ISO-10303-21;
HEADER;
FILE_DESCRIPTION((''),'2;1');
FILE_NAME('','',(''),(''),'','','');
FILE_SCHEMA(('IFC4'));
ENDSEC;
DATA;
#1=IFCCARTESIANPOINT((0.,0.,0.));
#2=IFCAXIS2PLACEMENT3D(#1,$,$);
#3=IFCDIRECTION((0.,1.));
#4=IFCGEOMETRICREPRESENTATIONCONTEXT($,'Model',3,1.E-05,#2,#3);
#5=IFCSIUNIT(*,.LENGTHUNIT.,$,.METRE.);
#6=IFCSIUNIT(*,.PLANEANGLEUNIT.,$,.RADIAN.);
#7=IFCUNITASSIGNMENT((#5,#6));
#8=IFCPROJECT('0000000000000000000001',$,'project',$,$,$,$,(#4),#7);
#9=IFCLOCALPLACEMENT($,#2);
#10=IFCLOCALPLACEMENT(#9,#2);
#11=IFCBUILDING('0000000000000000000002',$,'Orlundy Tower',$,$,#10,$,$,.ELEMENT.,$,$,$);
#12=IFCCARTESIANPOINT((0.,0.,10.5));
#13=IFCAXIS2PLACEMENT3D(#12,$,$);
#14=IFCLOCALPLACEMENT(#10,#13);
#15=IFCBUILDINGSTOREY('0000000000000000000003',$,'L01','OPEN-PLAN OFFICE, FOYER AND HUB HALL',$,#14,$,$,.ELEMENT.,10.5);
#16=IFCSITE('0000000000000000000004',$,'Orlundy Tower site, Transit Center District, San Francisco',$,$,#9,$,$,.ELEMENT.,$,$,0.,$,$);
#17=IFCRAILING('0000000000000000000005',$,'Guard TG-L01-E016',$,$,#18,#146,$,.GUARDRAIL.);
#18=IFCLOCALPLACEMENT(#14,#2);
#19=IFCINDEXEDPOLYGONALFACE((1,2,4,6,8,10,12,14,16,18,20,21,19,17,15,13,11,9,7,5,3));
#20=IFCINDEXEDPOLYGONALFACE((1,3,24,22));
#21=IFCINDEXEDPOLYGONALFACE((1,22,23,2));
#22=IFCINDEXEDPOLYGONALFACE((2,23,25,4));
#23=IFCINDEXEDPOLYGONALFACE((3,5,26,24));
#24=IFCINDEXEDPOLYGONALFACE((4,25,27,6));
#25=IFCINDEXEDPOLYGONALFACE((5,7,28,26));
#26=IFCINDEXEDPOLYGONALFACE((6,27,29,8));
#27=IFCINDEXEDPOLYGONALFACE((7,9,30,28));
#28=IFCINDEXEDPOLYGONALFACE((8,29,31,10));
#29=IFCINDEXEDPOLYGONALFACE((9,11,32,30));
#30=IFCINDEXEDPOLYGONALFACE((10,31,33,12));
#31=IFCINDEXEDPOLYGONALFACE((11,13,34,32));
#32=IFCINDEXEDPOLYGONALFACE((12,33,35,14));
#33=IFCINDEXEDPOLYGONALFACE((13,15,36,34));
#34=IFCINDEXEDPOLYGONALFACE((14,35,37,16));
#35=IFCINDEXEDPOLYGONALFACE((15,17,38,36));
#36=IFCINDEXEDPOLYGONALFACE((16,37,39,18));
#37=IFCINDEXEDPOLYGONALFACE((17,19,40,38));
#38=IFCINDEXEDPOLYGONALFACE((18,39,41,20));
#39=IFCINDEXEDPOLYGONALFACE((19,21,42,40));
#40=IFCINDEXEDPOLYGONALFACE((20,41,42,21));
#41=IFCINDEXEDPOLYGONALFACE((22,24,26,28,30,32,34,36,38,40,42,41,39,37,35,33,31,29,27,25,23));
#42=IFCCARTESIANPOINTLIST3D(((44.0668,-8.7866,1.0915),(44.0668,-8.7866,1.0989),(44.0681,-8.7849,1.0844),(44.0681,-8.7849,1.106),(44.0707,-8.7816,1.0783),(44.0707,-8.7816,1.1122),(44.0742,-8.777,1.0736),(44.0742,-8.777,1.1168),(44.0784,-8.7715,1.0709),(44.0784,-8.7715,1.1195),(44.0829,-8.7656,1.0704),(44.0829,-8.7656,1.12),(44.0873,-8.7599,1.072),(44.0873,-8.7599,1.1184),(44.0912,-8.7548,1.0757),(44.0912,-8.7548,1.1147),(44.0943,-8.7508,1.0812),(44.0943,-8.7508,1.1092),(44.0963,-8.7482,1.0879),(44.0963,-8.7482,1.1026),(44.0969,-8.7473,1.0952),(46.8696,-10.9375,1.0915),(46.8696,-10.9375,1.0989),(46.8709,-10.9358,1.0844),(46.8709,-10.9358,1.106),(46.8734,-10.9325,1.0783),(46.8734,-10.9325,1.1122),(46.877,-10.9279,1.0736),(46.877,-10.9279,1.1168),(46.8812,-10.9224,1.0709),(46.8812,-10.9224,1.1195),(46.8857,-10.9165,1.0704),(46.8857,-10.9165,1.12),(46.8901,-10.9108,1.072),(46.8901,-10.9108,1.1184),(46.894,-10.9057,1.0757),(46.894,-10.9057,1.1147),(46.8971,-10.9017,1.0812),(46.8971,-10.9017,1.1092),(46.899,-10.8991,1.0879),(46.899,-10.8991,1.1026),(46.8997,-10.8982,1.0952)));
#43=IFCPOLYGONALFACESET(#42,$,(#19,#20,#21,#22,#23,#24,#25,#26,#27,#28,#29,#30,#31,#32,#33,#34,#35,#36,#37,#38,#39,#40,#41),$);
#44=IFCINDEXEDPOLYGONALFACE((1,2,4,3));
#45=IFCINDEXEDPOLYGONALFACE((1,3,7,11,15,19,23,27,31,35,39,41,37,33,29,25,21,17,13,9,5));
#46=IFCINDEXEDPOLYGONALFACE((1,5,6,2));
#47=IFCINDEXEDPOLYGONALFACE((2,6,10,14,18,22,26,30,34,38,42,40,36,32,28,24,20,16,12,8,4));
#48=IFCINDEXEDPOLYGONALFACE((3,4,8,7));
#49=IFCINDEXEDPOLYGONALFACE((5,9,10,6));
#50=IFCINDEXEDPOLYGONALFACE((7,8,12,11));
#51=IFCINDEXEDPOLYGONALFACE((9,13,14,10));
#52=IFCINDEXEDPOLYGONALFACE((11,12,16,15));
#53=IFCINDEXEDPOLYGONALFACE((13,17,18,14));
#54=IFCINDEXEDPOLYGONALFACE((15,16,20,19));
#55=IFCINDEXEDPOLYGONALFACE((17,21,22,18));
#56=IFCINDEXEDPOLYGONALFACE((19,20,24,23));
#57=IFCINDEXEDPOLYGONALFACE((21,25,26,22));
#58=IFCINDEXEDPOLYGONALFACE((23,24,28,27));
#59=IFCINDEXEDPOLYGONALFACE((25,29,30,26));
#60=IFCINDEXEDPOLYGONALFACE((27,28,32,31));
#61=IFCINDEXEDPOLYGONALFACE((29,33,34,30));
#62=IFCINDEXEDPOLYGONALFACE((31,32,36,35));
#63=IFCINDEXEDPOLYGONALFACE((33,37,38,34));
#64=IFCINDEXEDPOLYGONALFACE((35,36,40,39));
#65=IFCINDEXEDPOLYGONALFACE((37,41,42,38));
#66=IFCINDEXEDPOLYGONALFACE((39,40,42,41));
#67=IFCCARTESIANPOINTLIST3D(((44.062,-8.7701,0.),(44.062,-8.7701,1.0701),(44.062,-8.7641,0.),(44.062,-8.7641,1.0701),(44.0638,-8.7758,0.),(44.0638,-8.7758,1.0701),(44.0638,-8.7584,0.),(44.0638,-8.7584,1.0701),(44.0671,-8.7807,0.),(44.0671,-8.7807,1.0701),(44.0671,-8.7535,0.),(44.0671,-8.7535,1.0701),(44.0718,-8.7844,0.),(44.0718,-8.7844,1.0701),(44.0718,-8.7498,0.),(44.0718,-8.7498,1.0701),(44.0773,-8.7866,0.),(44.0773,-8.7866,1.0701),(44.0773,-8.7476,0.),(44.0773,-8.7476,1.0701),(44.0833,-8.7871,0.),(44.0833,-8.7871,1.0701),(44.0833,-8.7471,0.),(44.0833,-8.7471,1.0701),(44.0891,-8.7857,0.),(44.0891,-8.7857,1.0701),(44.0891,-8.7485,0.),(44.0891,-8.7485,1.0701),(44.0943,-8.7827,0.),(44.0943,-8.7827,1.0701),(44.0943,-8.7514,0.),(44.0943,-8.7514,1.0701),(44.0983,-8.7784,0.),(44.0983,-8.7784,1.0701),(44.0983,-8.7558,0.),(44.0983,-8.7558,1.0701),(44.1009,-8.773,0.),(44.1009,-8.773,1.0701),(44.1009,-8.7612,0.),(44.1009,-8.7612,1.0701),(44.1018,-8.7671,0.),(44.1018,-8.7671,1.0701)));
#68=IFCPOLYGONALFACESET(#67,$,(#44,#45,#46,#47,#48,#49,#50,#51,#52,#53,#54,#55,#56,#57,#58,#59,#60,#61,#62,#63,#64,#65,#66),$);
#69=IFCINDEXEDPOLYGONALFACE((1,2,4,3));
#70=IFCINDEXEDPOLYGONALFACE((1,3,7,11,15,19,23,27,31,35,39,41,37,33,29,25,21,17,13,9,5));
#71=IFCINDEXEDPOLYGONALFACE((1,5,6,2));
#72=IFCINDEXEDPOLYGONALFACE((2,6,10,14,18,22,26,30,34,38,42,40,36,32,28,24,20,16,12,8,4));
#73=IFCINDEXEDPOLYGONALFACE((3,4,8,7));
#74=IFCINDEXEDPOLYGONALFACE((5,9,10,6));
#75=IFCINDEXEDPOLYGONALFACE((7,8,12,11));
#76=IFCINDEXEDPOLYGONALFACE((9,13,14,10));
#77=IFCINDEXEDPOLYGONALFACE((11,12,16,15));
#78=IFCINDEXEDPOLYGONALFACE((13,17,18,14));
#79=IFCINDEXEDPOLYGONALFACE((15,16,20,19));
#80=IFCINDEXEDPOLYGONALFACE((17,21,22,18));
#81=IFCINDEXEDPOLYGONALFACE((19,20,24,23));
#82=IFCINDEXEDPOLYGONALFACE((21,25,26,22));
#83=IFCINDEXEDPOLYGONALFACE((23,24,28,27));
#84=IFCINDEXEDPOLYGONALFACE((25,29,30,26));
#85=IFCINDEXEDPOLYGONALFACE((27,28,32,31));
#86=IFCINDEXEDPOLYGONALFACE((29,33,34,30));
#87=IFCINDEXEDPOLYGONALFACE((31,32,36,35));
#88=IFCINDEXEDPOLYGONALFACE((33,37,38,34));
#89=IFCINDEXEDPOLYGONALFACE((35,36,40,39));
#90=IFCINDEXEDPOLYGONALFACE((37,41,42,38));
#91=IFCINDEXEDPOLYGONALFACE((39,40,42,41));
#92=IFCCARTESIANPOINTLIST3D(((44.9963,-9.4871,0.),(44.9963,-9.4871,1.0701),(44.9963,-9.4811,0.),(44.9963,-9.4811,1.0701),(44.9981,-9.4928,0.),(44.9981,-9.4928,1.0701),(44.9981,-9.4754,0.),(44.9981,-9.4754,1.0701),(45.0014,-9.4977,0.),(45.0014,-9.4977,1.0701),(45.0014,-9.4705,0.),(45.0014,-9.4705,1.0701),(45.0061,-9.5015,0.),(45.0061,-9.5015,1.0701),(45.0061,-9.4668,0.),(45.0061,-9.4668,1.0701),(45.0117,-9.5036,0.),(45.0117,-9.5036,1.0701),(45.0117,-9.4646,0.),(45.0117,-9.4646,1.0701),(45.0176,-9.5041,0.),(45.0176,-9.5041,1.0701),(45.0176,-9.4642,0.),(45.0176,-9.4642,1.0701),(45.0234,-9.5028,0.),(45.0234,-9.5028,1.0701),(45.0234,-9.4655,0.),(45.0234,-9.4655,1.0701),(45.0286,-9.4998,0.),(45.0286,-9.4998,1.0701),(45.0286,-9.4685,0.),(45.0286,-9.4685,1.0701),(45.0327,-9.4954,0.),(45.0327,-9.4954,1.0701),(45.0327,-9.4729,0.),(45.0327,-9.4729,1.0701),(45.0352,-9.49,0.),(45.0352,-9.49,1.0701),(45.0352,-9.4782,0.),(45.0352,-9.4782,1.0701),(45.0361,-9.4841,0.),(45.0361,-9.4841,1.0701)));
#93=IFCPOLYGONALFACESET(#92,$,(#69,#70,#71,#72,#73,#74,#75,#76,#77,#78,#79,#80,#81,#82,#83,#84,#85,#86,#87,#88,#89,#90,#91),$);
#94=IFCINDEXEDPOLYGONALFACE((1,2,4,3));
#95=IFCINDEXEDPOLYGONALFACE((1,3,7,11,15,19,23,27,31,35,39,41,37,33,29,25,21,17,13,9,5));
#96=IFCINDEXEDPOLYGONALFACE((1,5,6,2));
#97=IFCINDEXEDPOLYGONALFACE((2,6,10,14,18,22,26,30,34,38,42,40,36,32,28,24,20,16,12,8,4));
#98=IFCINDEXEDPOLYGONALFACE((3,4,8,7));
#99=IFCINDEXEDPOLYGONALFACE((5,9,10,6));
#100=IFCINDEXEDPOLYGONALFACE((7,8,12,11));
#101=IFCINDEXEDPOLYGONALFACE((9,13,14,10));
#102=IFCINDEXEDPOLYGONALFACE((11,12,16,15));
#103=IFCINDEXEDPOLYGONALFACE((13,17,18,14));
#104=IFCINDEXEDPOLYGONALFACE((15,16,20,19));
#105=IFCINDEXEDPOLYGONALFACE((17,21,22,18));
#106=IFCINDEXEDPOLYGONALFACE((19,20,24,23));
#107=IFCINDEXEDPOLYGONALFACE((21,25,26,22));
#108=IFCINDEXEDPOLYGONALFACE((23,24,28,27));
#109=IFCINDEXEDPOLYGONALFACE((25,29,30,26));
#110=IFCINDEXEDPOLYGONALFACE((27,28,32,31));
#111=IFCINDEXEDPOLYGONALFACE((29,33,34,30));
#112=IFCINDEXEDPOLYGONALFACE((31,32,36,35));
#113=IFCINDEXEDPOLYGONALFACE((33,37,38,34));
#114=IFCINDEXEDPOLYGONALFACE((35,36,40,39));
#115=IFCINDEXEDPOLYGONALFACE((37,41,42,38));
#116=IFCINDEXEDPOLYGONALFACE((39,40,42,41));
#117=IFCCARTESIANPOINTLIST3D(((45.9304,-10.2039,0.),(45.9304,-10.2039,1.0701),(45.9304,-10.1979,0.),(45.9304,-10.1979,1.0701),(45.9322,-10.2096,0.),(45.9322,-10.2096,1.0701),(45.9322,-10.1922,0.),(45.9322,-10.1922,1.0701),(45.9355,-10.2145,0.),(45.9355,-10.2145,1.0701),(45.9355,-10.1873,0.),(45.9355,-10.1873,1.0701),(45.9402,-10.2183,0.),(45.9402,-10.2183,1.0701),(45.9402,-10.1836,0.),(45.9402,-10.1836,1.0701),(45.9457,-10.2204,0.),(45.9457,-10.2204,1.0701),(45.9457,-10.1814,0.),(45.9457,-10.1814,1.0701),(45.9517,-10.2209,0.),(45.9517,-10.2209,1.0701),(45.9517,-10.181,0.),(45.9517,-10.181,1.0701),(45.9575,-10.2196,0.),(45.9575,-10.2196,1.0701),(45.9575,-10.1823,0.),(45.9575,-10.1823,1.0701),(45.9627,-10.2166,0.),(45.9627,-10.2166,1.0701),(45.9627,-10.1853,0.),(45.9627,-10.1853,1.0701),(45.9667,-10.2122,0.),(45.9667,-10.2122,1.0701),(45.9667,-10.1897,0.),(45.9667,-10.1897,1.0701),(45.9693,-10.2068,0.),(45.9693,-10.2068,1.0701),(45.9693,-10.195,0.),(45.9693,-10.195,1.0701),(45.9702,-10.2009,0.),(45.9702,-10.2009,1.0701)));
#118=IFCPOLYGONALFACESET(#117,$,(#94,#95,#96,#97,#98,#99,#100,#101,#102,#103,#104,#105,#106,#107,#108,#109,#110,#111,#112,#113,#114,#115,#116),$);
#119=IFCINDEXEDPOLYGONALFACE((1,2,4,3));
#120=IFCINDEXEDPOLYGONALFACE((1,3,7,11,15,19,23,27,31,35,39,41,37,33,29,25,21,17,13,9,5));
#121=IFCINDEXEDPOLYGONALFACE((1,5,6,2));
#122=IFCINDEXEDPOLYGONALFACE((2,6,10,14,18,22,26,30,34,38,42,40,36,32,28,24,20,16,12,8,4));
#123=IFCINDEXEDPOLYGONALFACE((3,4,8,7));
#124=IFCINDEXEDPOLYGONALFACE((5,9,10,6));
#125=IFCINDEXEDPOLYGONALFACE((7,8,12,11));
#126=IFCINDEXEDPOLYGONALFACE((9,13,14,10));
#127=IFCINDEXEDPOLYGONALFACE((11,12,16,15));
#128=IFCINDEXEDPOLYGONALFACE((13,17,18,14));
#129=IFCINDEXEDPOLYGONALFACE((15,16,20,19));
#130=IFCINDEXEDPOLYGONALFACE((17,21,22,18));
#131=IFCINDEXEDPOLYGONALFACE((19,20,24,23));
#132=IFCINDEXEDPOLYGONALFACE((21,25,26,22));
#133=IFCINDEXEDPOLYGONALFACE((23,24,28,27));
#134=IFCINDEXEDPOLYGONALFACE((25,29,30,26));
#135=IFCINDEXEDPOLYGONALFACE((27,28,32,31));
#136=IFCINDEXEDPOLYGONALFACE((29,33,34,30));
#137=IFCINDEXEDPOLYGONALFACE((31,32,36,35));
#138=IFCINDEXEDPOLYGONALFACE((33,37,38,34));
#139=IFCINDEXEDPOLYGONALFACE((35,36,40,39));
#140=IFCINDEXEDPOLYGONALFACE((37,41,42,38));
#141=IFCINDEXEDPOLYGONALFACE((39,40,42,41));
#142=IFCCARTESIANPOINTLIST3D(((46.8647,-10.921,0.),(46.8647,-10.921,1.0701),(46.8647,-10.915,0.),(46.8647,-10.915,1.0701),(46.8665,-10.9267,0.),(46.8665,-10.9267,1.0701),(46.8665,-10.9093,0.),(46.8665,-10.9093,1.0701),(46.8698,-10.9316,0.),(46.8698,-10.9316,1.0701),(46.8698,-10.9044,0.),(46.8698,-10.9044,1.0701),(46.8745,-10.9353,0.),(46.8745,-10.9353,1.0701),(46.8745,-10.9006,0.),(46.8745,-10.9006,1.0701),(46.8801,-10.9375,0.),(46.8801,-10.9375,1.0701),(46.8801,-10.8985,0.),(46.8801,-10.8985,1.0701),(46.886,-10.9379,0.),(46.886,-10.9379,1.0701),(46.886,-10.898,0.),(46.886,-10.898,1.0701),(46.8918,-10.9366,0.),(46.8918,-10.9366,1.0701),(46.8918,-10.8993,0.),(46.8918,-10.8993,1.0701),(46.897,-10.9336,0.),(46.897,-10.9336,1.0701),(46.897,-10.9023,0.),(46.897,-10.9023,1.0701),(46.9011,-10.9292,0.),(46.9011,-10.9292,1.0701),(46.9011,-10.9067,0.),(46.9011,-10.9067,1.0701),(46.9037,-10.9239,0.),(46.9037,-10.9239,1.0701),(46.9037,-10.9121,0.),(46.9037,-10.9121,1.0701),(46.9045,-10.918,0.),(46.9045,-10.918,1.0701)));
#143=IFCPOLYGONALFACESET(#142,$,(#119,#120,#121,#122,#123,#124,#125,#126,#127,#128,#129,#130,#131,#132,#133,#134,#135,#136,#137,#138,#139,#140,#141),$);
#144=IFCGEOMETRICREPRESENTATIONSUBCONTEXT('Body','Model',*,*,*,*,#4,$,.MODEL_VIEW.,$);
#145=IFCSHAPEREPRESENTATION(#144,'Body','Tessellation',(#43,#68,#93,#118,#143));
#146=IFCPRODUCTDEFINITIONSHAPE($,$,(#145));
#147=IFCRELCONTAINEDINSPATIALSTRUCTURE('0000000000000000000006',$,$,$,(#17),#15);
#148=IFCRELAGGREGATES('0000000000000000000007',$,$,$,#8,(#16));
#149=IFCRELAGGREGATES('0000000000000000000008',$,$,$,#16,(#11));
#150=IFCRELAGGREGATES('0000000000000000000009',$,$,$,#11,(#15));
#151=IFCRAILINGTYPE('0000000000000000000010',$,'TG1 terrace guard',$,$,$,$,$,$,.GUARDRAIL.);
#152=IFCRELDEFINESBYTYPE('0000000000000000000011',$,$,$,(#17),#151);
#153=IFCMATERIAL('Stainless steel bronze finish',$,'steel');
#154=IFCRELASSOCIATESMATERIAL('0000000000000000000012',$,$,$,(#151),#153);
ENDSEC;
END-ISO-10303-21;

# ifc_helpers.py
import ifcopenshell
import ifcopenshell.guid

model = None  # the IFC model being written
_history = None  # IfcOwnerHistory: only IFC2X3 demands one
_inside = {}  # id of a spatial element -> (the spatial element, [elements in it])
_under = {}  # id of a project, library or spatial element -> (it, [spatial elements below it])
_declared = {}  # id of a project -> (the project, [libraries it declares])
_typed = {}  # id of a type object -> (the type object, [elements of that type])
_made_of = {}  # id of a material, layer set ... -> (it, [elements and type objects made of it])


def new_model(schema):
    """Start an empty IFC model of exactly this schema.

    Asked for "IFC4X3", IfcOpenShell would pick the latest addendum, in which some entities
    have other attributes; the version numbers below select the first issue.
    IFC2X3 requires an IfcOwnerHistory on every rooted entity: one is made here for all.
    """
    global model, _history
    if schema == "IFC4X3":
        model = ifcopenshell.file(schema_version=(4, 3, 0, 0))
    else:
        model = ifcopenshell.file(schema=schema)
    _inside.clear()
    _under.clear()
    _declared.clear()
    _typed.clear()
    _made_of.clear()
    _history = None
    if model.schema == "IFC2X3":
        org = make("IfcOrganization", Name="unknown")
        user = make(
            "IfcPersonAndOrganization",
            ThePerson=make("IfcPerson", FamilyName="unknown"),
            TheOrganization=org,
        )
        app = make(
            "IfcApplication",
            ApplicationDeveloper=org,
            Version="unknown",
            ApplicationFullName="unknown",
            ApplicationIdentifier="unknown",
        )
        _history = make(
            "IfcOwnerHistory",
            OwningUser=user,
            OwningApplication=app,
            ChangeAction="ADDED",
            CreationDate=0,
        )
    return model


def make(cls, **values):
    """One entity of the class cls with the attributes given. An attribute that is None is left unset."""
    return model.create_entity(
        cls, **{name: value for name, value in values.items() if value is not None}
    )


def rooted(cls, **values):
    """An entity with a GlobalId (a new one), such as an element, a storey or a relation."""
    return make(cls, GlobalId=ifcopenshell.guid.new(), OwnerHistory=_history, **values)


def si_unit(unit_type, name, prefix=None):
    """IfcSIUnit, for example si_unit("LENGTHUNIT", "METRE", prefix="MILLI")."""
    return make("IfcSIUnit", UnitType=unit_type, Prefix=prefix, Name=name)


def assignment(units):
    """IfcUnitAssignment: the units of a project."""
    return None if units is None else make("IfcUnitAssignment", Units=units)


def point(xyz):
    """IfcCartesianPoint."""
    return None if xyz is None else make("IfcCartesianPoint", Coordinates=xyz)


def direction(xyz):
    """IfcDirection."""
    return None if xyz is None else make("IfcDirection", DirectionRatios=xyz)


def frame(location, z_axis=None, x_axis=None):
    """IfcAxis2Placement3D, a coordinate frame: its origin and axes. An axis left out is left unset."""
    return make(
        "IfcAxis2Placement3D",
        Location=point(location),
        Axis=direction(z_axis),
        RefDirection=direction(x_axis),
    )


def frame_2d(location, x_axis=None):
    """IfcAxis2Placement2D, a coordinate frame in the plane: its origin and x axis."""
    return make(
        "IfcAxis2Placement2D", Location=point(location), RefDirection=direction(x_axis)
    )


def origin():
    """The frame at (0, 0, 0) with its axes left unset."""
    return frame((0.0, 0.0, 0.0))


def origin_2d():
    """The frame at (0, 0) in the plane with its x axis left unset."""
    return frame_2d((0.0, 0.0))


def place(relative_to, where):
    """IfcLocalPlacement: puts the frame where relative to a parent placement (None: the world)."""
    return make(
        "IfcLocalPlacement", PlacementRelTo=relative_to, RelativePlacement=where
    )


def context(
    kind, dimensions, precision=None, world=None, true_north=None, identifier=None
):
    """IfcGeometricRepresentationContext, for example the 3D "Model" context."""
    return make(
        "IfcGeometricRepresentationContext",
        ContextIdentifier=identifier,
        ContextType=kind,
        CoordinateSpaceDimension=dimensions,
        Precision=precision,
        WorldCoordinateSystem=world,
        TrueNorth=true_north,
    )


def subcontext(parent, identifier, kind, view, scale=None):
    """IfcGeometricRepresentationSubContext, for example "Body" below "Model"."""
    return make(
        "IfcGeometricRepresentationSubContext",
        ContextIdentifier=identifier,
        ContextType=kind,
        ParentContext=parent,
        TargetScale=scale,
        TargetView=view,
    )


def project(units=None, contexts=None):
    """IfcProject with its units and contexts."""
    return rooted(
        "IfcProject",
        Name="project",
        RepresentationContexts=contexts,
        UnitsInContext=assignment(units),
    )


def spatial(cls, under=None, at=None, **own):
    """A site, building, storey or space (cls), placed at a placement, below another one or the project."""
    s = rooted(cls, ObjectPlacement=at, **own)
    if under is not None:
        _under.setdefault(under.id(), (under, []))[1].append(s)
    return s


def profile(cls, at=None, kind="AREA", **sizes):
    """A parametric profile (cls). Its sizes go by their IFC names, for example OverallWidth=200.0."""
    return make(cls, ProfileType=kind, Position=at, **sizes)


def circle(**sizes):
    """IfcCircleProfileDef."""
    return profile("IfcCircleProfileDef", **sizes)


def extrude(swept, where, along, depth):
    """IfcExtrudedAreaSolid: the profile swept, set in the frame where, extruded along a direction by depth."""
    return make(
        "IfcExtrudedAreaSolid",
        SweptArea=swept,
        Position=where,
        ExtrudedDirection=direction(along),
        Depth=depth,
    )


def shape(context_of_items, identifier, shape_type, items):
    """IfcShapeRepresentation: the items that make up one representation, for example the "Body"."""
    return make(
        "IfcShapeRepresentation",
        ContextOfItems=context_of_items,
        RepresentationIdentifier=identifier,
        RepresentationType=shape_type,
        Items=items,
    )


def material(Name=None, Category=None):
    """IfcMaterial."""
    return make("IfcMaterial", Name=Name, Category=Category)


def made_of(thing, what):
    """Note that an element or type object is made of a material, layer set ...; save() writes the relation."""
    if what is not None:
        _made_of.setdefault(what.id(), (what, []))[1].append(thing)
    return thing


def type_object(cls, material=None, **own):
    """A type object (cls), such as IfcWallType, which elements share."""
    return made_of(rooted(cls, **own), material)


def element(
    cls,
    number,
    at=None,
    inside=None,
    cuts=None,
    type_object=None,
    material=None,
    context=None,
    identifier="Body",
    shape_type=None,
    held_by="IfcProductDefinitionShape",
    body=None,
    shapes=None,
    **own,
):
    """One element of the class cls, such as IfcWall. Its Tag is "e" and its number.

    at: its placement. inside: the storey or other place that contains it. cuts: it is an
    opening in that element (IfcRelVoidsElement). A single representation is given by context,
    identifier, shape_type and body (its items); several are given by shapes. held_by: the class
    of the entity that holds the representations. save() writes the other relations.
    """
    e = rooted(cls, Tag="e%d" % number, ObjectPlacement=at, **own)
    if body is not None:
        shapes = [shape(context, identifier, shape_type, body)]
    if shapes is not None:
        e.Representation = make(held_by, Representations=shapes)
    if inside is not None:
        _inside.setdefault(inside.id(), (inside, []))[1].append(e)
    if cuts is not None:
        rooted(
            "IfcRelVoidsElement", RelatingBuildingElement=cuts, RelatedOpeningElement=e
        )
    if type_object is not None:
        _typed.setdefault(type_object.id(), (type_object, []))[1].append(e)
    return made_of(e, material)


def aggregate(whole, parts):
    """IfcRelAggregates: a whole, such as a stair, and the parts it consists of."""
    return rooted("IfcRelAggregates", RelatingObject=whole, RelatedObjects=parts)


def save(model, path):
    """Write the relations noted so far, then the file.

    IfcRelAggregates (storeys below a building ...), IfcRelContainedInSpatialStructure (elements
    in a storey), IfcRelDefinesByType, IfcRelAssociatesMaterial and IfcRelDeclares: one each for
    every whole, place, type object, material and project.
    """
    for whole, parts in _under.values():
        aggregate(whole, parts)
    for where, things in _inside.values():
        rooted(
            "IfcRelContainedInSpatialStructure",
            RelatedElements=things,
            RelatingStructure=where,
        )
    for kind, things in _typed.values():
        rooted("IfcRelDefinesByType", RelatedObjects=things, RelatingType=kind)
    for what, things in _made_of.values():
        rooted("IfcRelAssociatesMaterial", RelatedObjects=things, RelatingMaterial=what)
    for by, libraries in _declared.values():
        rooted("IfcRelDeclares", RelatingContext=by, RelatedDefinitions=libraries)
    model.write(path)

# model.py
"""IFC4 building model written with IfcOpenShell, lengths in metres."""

from ifc_helpers import new_model, si_unit, direction, frame, origin, origin_2d, place, context, subcontext, project, spatial, circle, extrude, material, type_object, element, save


model = new_model("IFC4")

# Units and contexts
model_context = context("Model", 3, precision=1e-05, world=origin(), true_north=direction((0.0, 1.0)))
body_context = subcontext(model_context, "Body", "Model", "MODEL_VIEW")
ifc_project = project(units=[si_unit("LENGTHUNIT", "METRE"), si_unit("PLANEANGLEUNIT", "RADIAN")], contexts=[model_context])

# Site, building, storey
site_placement = place(None, origin())
site = spatial("IfcSite", under=ifc_project, at=site_placement, Name="Orlundy Tower site, Transit Center District, San Francisco", CompositionType="ELEMENT", RefElevation=0.0)
building_placement = place(site_placement, origin())
building = spatial("IfcBuilding", under=site, at=building_placement, Name="Orlundy Tower", CompositionType="ELEMENT")
storey_placement = place(building_placement, frame((0.0, 0.0, 10.5)))
storey = spatial("IfcBuildingStorey", under=building, at=storey_placement, Name="L01", Description="OPEN-PLAN OFFICE, FOYER AND HUB HALL", CompositionType="ELEMENT", Elevation=10.5)

# Railing
ifc_material_1 = material(Name="Stainless steel bronze finish", Category="steel")
railing_type_1 = type_object("IfcRailingType", Name="TG1 terrace guard", PredefinedType="GUARDRAIL", material=ifc_material_1)
railing_1_placement = place(storey_placement, frame((44.0818, -8.7671, 0.0)))
element("IfcRailing", 1, at=railing_1_placement, inside=storey, type_object=railing_type_1, Name="Guard TG-L01-E016", PredefinedType="GUARDRAIL", context=body_context, shape_type="SweptSolid", body=[
    extrude(circle(Radius=0.0249, at=origin_2d()), frame((0.0, 0.0, 1.0952), z_axis=(0.793317, -0.608809, 0.0), x_axis=(0.608809, 0.793317, 0.0)), (0.0, 0.0, 1.0), 3.533),
    extrude(circle(Radius=0.02, at=origin_2d()), origin(), (0.0, 0.0, 1.0), 1.0701),
    extrude(circle(Radius=0.02, at=origin_2d()), frame((0.9343, -0.717, 0.0)), (0.0, 0.0, 1.0), 1.0701),
    extrude(circle(Radius=0.02, at=origin_2d()), frame((1.8684, -1.4338, 0.0)), (0.0, 0.0, 1.0), 1.0701),
    extrude(circle(Radius=0.02, at=origin_2d()), frame((2.8027, -2.1509, 0.0)), (0.0, 0.0, 1.0), 1.0701),
])

save(model, "model.ifc")
